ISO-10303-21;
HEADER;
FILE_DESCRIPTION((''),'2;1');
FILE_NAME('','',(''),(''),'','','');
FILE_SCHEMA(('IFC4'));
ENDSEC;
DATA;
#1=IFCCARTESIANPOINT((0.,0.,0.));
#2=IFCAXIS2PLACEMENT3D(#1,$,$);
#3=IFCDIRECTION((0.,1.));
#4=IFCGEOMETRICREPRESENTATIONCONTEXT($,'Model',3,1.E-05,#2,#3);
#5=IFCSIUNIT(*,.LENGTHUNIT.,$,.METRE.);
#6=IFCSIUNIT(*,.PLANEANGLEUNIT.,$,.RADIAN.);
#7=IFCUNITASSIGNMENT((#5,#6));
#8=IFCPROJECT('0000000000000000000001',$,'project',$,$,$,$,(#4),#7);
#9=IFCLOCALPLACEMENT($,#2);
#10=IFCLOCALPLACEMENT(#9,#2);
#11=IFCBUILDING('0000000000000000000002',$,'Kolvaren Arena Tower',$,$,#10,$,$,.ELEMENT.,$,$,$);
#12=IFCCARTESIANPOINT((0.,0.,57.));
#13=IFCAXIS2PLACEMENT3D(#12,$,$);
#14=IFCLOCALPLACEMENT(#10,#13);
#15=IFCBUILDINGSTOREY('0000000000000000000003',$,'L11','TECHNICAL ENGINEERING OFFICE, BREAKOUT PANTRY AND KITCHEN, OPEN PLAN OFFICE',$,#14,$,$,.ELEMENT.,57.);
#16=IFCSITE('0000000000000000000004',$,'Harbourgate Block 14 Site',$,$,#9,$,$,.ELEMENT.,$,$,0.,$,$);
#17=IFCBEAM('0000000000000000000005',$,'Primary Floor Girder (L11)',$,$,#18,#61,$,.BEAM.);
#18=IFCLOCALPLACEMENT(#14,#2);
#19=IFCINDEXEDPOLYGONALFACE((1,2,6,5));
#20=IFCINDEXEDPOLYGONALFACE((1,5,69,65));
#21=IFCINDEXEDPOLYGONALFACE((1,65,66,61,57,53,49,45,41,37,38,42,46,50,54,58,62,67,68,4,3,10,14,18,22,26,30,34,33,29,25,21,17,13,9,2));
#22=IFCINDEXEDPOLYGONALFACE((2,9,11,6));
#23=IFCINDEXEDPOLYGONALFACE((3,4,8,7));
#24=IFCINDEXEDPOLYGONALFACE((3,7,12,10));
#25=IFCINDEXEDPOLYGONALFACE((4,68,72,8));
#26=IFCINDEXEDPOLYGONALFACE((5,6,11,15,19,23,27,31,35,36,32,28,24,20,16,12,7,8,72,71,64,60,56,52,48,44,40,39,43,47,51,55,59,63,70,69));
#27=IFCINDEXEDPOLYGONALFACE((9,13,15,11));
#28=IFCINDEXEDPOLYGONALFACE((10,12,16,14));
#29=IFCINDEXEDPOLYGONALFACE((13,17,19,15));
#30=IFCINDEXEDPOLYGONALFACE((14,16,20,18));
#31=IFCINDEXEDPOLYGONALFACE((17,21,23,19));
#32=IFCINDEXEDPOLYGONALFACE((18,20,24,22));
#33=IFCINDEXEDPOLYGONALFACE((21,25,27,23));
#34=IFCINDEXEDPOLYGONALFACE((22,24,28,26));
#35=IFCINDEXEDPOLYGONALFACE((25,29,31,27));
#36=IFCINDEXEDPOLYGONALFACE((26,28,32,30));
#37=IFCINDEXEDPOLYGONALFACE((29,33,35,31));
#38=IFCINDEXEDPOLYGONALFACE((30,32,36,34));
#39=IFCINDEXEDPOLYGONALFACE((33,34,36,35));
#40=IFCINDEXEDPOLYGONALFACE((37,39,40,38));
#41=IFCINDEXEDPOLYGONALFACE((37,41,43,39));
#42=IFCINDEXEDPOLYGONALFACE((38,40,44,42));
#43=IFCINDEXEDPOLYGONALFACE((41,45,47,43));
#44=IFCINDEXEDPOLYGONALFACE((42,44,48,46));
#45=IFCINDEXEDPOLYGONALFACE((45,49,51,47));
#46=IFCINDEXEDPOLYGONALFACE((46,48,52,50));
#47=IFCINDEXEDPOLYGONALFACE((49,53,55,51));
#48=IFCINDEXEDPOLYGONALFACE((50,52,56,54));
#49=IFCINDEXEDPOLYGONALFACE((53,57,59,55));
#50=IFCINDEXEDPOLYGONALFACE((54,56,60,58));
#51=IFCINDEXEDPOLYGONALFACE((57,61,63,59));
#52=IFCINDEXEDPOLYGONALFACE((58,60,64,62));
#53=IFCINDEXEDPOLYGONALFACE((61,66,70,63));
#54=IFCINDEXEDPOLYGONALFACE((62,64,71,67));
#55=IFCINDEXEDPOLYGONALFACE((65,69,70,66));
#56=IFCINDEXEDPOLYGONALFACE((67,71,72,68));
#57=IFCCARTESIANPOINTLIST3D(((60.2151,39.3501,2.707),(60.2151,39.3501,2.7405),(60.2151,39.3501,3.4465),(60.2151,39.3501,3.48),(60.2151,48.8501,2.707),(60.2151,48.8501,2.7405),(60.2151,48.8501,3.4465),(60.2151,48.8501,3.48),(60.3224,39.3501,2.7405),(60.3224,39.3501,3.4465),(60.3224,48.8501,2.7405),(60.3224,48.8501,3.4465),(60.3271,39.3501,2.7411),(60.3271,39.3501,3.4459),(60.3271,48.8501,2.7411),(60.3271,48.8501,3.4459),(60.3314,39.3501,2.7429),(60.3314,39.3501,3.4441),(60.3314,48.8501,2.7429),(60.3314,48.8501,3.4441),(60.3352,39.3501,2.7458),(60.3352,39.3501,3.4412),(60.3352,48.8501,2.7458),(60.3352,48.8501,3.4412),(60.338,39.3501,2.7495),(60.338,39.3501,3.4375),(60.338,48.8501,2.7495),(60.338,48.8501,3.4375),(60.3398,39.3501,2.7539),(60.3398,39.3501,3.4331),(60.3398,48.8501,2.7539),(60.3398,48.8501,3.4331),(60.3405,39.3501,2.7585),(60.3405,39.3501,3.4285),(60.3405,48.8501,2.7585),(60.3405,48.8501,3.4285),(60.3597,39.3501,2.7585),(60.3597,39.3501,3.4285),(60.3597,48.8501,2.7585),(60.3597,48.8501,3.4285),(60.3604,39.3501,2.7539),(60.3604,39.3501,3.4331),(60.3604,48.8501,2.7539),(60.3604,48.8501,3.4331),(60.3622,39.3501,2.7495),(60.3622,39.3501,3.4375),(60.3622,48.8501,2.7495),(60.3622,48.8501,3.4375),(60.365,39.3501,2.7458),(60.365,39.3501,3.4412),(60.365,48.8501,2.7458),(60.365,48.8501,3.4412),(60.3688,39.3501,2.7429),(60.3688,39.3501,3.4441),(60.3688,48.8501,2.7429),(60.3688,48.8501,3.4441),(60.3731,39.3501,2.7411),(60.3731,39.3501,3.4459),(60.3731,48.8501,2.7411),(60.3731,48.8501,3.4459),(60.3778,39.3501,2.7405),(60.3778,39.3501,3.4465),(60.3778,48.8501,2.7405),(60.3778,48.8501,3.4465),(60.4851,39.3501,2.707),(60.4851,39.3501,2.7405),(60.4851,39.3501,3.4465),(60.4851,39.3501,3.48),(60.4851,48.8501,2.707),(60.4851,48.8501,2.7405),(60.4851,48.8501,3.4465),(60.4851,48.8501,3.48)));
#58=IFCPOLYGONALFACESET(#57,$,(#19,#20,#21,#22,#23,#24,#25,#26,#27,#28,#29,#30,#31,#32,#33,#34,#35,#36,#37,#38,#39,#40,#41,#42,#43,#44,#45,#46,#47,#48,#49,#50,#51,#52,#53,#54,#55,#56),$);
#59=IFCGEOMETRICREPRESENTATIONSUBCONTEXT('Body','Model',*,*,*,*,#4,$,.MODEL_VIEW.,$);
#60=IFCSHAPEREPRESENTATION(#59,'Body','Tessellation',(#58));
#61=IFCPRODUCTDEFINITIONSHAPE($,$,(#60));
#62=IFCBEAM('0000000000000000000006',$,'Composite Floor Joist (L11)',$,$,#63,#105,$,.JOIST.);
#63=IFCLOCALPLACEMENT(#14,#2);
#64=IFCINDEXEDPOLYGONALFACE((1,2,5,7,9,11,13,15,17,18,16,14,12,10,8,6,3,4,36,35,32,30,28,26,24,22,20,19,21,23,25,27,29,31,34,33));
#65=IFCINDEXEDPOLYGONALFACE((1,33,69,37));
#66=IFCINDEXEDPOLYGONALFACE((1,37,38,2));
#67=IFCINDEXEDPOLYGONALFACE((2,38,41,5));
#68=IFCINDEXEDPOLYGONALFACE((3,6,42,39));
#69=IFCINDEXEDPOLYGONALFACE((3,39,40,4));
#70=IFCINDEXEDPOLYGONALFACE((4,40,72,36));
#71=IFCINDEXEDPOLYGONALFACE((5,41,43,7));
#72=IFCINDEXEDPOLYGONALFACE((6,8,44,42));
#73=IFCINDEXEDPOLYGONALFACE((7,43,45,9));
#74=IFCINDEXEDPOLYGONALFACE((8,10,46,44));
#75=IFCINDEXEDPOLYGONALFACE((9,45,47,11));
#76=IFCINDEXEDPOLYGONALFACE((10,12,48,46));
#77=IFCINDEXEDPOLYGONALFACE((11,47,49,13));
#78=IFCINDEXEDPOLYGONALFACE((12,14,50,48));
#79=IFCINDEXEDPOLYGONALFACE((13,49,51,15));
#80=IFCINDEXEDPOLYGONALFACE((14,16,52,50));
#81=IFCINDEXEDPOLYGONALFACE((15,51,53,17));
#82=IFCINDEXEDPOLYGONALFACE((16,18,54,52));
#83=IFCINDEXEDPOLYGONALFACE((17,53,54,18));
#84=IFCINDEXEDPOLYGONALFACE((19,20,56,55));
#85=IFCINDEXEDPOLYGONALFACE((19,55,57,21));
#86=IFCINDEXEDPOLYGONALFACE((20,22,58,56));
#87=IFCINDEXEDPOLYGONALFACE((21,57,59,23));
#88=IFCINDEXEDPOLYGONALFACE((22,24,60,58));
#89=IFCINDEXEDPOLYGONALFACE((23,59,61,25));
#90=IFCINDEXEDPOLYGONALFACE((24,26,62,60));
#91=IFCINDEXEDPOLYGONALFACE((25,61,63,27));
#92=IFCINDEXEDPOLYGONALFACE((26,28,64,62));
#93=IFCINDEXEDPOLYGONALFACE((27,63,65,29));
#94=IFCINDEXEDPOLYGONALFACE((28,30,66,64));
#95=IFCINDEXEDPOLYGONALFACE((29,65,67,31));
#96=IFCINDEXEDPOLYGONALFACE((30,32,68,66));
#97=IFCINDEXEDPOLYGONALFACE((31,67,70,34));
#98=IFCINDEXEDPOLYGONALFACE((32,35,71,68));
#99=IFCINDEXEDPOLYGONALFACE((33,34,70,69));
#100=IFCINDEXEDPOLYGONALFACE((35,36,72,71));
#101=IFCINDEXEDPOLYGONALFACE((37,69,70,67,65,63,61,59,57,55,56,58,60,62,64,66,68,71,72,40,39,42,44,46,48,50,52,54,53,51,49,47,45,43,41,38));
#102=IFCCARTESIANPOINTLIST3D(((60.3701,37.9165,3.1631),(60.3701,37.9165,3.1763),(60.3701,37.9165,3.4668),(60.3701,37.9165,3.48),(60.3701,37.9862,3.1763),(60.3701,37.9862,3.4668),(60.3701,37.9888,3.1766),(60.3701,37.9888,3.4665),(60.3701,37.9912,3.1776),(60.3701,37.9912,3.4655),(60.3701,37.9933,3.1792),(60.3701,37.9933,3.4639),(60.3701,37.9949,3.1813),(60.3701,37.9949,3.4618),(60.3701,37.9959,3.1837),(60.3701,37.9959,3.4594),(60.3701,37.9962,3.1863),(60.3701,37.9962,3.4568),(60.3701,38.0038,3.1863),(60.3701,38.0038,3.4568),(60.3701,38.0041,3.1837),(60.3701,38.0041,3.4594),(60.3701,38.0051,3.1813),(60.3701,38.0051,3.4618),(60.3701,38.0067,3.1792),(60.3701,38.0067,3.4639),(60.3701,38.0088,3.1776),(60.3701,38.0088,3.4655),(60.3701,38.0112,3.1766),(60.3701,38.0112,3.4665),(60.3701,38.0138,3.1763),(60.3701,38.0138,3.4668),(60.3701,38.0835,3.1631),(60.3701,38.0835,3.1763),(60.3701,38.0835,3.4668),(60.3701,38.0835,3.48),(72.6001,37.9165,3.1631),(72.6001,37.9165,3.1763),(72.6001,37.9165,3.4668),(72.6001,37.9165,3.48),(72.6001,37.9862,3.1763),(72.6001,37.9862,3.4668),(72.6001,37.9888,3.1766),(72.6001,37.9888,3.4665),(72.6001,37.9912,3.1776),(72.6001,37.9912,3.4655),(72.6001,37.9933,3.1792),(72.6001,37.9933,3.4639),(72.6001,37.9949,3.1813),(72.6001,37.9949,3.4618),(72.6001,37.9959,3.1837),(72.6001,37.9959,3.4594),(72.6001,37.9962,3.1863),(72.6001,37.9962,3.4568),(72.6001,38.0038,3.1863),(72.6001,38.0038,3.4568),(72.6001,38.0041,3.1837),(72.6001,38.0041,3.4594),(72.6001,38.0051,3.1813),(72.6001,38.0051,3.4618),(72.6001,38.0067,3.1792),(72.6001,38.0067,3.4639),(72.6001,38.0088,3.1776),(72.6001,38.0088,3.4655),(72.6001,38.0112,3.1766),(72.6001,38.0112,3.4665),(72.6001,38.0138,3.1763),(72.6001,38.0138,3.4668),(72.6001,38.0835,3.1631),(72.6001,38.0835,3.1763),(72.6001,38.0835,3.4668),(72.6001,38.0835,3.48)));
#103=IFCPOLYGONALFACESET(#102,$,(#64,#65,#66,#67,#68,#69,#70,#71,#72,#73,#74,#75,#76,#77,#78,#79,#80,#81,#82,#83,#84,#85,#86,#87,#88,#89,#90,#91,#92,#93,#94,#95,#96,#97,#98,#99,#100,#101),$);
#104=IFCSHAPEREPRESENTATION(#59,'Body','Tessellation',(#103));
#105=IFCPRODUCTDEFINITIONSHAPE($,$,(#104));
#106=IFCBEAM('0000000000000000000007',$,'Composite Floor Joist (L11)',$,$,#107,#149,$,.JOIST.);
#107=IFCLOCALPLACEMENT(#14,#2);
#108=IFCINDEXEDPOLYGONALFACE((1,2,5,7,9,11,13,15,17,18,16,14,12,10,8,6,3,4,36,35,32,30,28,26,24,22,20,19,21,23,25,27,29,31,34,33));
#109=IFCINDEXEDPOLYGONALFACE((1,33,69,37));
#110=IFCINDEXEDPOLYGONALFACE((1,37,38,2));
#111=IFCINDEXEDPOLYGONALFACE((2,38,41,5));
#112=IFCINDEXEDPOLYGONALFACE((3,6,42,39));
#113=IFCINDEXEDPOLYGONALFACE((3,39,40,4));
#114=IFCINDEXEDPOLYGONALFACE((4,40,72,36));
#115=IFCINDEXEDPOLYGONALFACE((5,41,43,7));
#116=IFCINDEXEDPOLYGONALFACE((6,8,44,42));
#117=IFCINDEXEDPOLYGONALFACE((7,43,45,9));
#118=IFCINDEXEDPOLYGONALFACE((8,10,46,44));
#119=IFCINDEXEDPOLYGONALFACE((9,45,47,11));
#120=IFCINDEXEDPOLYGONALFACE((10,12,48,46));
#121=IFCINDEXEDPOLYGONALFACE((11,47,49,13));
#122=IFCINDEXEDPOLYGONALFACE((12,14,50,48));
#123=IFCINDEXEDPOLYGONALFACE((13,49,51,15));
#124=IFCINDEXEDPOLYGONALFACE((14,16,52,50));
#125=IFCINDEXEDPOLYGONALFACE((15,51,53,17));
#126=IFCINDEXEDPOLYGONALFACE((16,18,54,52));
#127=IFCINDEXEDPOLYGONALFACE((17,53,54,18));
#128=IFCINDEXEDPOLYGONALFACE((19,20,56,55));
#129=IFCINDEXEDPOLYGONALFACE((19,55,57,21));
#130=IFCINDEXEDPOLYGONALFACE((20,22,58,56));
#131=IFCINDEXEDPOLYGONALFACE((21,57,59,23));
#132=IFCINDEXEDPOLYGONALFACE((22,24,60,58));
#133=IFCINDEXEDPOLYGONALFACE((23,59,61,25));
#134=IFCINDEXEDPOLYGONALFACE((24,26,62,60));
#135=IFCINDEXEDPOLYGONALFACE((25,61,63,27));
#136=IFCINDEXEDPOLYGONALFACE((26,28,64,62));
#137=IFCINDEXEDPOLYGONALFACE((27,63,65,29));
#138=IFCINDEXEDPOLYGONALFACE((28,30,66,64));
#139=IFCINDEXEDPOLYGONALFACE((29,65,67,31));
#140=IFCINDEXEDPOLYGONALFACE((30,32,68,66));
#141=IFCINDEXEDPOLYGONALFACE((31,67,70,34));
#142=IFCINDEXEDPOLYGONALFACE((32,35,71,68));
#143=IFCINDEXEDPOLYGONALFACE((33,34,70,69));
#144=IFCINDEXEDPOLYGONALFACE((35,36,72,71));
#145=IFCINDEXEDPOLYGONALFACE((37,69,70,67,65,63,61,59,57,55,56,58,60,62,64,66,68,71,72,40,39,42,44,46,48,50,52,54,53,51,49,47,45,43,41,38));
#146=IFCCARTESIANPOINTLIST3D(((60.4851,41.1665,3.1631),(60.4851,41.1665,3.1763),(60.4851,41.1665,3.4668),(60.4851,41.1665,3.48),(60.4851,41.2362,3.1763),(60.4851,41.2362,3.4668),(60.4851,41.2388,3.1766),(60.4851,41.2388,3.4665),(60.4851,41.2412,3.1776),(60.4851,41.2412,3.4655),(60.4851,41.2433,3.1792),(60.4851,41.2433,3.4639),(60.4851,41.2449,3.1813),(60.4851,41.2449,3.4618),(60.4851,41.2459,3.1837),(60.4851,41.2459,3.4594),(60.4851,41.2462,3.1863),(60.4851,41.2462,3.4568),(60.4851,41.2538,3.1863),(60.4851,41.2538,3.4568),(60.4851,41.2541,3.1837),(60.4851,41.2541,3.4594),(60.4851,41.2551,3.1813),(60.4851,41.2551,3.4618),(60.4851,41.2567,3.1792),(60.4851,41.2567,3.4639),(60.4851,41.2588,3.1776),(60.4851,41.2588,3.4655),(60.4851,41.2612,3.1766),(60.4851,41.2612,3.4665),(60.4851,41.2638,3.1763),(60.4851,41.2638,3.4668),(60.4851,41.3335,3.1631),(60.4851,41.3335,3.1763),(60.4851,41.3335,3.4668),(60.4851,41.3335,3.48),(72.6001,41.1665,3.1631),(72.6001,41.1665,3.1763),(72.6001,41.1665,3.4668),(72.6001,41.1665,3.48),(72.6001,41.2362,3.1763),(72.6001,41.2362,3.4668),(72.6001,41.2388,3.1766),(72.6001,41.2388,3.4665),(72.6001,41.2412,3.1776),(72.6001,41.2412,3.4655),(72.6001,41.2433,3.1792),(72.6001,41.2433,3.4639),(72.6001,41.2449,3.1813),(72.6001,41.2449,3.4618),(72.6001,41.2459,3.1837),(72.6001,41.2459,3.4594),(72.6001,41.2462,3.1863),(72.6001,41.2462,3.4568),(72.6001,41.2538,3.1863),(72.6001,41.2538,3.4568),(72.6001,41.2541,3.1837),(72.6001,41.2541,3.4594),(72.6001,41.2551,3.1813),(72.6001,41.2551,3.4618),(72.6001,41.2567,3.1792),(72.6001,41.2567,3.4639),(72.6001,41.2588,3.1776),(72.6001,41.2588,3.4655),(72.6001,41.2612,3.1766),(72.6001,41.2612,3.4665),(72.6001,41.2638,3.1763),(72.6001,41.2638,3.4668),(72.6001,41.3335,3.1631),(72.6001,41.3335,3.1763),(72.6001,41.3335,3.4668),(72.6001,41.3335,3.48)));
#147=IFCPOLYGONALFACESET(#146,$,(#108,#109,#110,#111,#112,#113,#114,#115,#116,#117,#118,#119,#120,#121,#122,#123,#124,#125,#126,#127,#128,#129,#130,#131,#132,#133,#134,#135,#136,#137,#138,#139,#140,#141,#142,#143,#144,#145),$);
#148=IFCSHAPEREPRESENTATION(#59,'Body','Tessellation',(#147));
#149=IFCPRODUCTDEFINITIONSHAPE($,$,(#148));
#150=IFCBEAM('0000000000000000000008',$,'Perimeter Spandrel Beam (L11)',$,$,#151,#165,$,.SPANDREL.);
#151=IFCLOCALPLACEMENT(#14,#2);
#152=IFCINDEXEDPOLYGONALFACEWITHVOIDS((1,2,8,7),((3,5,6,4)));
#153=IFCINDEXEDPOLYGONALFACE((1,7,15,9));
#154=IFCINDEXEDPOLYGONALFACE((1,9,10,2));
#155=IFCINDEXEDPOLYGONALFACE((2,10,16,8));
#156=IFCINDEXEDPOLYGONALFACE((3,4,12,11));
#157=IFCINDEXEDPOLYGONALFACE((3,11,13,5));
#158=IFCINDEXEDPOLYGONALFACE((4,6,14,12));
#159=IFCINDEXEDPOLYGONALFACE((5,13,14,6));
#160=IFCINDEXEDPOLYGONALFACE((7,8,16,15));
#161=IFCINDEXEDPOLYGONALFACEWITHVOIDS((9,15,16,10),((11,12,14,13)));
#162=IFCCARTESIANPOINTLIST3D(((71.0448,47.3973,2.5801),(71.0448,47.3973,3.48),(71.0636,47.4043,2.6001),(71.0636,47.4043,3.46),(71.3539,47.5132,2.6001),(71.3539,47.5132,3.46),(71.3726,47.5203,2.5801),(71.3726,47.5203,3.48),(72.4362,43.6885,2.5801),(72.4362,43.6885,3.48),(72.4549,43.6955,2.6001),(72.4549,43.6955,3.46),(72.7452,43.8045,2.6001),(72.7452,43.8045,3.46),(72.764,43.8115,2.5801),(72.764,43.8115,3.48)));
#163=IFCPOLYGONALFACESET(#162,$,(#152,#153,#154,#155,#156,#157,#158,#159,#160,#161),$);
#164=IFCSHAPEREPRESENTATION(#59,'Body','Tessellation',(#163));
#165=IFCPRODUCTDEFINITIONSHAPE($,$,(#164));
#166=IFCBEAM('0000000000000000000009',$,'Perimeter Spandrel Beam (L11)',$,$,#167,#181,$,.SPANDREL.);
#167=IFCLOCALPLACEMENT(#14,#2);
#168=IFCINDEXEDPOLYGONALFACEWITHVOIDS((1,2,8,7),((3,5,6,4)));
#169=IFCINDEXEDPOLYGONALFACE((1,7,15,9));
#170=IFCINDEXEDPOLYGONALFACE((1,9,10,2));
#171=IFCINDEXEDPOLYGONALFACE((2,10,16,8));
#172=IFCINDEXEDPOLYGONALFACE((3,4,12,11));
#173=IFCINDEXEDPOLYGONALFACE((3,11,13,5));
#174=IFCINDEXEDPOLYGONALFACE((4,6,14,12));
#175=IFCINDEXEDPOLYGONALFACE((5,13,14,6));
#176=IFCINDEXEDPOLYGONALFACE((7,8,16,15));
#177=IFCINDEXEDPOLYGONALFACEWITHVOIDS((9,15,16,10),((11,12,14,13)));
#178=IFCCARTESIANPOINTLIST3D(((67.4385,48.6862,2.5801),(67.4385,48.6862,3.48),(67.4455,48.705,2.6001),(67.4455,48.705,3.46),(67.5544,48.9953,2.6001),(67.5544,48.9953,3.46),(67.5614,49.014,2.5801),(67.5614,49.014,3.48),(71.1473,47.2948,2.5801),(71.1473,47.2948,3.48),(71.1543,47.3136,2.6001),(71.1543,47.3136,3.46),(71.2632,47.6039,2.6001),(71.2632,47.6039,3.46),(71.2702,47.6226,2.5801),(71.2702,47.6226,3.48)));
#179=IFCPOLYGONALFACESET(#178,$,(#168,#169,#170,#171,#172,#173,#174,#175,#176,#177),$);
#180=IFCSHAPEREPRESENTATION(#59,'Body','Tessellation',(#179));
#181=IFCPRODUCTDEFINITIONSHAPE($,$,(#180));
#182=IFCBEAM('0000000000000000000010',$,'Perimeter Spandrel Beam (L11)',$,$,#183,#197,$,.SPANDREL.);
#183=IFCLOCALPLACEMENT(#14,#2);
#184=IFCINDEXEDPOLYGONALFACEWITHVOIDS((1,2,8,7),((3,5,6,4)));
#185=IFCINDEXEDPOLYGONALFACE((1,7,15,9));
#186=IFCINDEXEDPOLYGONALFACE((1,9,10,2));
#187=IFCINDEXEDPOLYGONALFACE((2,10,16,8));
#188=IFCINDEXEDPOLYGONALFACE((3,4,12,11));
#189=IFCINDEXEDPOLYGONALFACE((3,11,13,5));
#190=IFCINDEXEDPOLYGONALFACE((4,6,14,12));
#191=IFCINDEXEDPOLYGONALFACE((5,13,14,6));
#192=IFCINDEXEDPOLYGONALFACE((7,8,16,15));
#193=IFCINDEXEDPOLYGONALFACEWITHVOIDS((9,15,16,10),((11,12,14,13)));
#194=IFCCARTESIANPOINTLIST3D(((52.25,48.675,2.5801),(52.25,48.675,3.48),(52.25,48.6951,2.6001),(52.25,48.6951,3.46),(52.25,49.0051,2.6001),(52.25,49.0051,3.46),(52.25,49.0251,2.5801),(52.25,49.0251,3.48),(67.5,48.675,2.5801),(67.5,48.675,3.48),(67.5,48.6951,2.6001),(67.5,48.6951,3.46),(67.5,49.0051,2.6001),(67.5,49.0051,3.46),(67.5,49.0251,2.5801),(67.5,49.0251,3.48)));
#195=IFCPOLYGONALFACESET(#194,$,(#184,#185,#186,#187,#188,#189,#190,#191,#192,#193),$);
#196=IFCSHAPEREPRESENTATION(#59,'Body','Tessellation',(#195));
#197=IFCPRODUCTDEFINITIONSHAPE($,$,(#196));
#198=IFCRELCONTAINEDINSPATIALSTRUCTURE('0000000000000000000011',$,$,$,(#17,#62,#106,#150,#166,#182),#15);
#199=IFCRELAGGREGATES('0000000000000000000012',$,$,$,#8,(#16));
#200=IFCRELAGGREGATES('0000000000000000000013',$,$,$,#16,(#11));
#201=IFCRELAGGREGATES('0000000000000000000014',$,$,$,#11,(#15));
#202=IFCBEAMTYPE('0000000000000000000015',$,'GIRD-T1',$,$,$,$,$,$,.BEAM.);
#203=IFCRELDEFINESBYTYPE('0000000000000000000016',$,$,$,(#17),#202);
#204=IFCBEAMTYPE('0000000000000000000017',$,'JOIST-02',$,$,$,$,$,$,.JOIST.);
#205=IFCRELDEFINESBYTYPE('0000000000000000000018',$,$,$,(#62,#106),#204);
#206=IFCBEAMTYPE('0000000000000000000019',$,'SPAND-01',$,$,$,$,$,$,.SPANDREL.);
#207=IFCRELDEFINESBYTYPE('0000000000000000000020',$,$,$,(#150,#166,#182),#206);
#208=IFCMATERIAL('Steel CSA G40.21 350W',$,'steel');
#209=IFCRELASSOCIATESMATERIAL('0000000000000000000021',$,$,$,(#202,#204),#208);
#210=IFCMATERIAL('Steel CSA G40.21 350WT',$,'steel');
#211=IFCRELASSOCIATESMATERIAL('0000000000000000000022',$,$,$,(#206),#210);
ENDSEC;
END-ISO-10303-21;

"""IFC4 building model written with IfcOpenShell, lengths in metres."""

from ifc_helpers import new_model, si_unit, direction, frame, origin, origin_2d, place, context, subcontext, project, spatial, hollow_rectangle, i_section, extrude, material, material_profile, profile_set, type_object, element, save


model = new_model("IFC4")

# Units and contexts
model_context = context("Model", 3, precision=1e-05, world=origin(), true_north=direction((0.0, 1.0)))
body_context = subcontext(model_context, "Body", "Model", "MODEL_VIEW")
ifc_project = project(units=[si_unit("LENGTHUNIT", "METRE"), si_unit("PLANEANGLEUNIT", "RADIAN")], contexts=[model_context])

# Site, building, storey
site_placement = place(None, origin())
site = spatial("IfcSite", under=ifc_project, at=site_placement, Name="Harbourgate Block 14 Site", CompositionType="ELEMENT", RefElevation=0.0)
building_placement = place(site_placement, origin())
building = spatial("IfcBuilding", under=site, at=building_placement, Name="Kolvaren Arena Tower", CompositionType="ELEMENT")
storey_placement = place(building_placement, frame((0.0, 0.0, 57.0)))
storey = spatial("IfcBuildingStorey", under=building, at=storey_placement, Name="L11", Description="TECHNICAL ENGINEERING OFFICE, BREAKOUT PANTRY AND KITCHEN, OPEN PLAN OFFICE", CompositionType="ELEMENT", Elevation=57.0)

# Beams
ifc_material_1 = material(Name="Steel CSA G40.21 350W", Category="steel")
ifc_material_profile_1 = material_profile(ifc_material_1, i_section(OverallWidth=0.27, OverallDepth=0.7729, WebThickness=0.0193, FlangeThickness=0.0334, FilletRadius=0.0181, at=origin_2d()), Name="W760x257")
ifc_profile_set_1 = profile_set([ifc_material_profile_1], Name="Steel CSA G40.21 350W")
beam_type_1 = type_object("IfcBeamType", Name="GIRD-T1", PredefinedType="BEAM", material=ifc_profile_set_1)
beam_1_placement = place(storey_placement, frame((60.3501, 39.3501, 3.0935), z_axis=(0.0, 1.0, 0.0), x_axis=(-1.0, 0.0, 0.0)))
element("IfcBeam", 1, at=beam_1_placement, inside=storey, type_object=beam_type_1, Name="Primary Floor Girder (L11)", PredefinedType="BEAM", context=body_context, shape_type="SweptSolid", body=[
    extrude(i_section(OverallWidth=0.27, OverallDepth=0.7729, WebThickness=0.0193, FlangeThickness=0.0334, FilletRadius=0.0181, at=origin_2d()), origin(), (0.0, 0.0, 1.0), 9.5),
])
ifc_material_profile_2 = material_profile(ifc_material_1, i_section(OverallWidth=0.167, OverallDepth=0.3169, WebThickness=0.0076, FlangeThickness=0.0132, FilletRadius=0.01, at=origin_2d()), Name="W310x52")
ifc_profile_set_2 = profile_set([ifc_material_profile_2], Name="Steel CSA G40.21 350W")
beam_type_2 = type_object("IfcBeamType", Name="JOIST-02", PredefinedType="JOIST", material=ifc_profile_set_2)
beam_2_placement = place(storey_placement, frame((60.3701, 38.0, 3.3215), z_axis=(1.0, 0.0, 0.0), x_axis=(0.0, 1.0, 0.0)))
element("IfcBeam", 2, at=beam_2_placement, inside=storey, type_object=beam_type_2, Name="Composite Floor Joist (L11)", PredefinedType="JOIST", context=body_context, shape_type="SweptSolid", body=[
    extrude(i_section(OverallWidth=0.167, OverallDepth=0.3169, WebThickness=0.0076, FlangeThickness=0.0132, FilletRadius=0.01, at=origin_2d()), origin(), (0.0, 0.0, 1.0), 12.23),
])
beam_3_placement = place(storey_placement, frame((60.4851, 41.25, 3.3215), z_axis=(1.0, 0.0, 0.0), x_axis=(0.0, 1.0, 0.0)))
element("IfcBeam", 3, at=beam_3_placement, inside=storey, type_object=beam_type_2, Name="Composite Floor Joist (L11)", PredefinedType="JOIST", context=body_context, shape_type="SweptSolid", body=[
    extrude(i_section(OverallWidth=0.167, OverallDepth=0.3169, WebThickness=0.0076, FlangeThickness=0.0132, FilletRadius=0.01, at=origin_2d()), origin(), (0.0, 0.0, 1.0), 12.115),
])
ifc_material_2 = material(Name="Steel CSA G40.21 350WT", Category="steel")
ifc_material_profile_3 = material_profile(ifc_material_2, hollow_rectangle(XDim=0.3501, YDim=0.8999, WallThickness=0.02, at=origin_2d()), Name="HSS 900x350x20")
ifc_profile_set_3 = profile_set([ifc_material_profile_3], Name="Steel CSA G40.21 350WT")
beam_type_3 = type_object("IfcBeamType", Name="SPAND-01", PredefinedType="SPANDREL", material=ifc_profile_set_3)
for number, where, z_axis, x_axis, name in (
    (4, (72.6001, 43.75, 3.03), (-0.351252, 0.936281, 0.0), (-0.936281, -0.351252, 0.0), "Perimeter Spandrel Beam (L11)"),
    (5, (71.2087, 47.4587, 3.03), (-0.936281, 0.351252, 0.0), (-0.351252, -0.936281, 0.0), "Perimeter Spandrel Beam (L11)"),
):
    element("IfcBeam", number, at=place(storey_placement, frame(where, z_axis=z_axis, x_axis=x_axis)), inside=storey, type_object=beam_type_3, Name=name, PredefinedType="SPANDREL", context=body_context, shape_type="SweptSolid", body=[
        extrude(hollow_rectangle(XDim=0.3501, YDim=0.8999, WallThickness=0.02, at=origin_2d()), origin(), (0.0, 0.0, 1.0), 3.9612),
    ])
beam_4_placement = place(storey_placement, frame((67.5, 48.8501, 3.03), z_axis=(-1.0, 0.0, 0.0), x_axis=(0.0, -1.0, 0.0)))
element("IfcBeam", 6, at=beam_4_placement, inside=storey, type_object=beam_type_3, Name="Perimeter Spandrel Beam (L11)", PredefinedType="SPANDREL", context=body_context, shape_type="SweptSolid", body=[
    extrude(hollow_rectangle(XDim=0.3501, YDim=0.8999, WallThickness=0.02, at=origin_2d()), origin(), (0.0, 0.0, 1.0), 15.25),
])

save(model, "model.ifc")
